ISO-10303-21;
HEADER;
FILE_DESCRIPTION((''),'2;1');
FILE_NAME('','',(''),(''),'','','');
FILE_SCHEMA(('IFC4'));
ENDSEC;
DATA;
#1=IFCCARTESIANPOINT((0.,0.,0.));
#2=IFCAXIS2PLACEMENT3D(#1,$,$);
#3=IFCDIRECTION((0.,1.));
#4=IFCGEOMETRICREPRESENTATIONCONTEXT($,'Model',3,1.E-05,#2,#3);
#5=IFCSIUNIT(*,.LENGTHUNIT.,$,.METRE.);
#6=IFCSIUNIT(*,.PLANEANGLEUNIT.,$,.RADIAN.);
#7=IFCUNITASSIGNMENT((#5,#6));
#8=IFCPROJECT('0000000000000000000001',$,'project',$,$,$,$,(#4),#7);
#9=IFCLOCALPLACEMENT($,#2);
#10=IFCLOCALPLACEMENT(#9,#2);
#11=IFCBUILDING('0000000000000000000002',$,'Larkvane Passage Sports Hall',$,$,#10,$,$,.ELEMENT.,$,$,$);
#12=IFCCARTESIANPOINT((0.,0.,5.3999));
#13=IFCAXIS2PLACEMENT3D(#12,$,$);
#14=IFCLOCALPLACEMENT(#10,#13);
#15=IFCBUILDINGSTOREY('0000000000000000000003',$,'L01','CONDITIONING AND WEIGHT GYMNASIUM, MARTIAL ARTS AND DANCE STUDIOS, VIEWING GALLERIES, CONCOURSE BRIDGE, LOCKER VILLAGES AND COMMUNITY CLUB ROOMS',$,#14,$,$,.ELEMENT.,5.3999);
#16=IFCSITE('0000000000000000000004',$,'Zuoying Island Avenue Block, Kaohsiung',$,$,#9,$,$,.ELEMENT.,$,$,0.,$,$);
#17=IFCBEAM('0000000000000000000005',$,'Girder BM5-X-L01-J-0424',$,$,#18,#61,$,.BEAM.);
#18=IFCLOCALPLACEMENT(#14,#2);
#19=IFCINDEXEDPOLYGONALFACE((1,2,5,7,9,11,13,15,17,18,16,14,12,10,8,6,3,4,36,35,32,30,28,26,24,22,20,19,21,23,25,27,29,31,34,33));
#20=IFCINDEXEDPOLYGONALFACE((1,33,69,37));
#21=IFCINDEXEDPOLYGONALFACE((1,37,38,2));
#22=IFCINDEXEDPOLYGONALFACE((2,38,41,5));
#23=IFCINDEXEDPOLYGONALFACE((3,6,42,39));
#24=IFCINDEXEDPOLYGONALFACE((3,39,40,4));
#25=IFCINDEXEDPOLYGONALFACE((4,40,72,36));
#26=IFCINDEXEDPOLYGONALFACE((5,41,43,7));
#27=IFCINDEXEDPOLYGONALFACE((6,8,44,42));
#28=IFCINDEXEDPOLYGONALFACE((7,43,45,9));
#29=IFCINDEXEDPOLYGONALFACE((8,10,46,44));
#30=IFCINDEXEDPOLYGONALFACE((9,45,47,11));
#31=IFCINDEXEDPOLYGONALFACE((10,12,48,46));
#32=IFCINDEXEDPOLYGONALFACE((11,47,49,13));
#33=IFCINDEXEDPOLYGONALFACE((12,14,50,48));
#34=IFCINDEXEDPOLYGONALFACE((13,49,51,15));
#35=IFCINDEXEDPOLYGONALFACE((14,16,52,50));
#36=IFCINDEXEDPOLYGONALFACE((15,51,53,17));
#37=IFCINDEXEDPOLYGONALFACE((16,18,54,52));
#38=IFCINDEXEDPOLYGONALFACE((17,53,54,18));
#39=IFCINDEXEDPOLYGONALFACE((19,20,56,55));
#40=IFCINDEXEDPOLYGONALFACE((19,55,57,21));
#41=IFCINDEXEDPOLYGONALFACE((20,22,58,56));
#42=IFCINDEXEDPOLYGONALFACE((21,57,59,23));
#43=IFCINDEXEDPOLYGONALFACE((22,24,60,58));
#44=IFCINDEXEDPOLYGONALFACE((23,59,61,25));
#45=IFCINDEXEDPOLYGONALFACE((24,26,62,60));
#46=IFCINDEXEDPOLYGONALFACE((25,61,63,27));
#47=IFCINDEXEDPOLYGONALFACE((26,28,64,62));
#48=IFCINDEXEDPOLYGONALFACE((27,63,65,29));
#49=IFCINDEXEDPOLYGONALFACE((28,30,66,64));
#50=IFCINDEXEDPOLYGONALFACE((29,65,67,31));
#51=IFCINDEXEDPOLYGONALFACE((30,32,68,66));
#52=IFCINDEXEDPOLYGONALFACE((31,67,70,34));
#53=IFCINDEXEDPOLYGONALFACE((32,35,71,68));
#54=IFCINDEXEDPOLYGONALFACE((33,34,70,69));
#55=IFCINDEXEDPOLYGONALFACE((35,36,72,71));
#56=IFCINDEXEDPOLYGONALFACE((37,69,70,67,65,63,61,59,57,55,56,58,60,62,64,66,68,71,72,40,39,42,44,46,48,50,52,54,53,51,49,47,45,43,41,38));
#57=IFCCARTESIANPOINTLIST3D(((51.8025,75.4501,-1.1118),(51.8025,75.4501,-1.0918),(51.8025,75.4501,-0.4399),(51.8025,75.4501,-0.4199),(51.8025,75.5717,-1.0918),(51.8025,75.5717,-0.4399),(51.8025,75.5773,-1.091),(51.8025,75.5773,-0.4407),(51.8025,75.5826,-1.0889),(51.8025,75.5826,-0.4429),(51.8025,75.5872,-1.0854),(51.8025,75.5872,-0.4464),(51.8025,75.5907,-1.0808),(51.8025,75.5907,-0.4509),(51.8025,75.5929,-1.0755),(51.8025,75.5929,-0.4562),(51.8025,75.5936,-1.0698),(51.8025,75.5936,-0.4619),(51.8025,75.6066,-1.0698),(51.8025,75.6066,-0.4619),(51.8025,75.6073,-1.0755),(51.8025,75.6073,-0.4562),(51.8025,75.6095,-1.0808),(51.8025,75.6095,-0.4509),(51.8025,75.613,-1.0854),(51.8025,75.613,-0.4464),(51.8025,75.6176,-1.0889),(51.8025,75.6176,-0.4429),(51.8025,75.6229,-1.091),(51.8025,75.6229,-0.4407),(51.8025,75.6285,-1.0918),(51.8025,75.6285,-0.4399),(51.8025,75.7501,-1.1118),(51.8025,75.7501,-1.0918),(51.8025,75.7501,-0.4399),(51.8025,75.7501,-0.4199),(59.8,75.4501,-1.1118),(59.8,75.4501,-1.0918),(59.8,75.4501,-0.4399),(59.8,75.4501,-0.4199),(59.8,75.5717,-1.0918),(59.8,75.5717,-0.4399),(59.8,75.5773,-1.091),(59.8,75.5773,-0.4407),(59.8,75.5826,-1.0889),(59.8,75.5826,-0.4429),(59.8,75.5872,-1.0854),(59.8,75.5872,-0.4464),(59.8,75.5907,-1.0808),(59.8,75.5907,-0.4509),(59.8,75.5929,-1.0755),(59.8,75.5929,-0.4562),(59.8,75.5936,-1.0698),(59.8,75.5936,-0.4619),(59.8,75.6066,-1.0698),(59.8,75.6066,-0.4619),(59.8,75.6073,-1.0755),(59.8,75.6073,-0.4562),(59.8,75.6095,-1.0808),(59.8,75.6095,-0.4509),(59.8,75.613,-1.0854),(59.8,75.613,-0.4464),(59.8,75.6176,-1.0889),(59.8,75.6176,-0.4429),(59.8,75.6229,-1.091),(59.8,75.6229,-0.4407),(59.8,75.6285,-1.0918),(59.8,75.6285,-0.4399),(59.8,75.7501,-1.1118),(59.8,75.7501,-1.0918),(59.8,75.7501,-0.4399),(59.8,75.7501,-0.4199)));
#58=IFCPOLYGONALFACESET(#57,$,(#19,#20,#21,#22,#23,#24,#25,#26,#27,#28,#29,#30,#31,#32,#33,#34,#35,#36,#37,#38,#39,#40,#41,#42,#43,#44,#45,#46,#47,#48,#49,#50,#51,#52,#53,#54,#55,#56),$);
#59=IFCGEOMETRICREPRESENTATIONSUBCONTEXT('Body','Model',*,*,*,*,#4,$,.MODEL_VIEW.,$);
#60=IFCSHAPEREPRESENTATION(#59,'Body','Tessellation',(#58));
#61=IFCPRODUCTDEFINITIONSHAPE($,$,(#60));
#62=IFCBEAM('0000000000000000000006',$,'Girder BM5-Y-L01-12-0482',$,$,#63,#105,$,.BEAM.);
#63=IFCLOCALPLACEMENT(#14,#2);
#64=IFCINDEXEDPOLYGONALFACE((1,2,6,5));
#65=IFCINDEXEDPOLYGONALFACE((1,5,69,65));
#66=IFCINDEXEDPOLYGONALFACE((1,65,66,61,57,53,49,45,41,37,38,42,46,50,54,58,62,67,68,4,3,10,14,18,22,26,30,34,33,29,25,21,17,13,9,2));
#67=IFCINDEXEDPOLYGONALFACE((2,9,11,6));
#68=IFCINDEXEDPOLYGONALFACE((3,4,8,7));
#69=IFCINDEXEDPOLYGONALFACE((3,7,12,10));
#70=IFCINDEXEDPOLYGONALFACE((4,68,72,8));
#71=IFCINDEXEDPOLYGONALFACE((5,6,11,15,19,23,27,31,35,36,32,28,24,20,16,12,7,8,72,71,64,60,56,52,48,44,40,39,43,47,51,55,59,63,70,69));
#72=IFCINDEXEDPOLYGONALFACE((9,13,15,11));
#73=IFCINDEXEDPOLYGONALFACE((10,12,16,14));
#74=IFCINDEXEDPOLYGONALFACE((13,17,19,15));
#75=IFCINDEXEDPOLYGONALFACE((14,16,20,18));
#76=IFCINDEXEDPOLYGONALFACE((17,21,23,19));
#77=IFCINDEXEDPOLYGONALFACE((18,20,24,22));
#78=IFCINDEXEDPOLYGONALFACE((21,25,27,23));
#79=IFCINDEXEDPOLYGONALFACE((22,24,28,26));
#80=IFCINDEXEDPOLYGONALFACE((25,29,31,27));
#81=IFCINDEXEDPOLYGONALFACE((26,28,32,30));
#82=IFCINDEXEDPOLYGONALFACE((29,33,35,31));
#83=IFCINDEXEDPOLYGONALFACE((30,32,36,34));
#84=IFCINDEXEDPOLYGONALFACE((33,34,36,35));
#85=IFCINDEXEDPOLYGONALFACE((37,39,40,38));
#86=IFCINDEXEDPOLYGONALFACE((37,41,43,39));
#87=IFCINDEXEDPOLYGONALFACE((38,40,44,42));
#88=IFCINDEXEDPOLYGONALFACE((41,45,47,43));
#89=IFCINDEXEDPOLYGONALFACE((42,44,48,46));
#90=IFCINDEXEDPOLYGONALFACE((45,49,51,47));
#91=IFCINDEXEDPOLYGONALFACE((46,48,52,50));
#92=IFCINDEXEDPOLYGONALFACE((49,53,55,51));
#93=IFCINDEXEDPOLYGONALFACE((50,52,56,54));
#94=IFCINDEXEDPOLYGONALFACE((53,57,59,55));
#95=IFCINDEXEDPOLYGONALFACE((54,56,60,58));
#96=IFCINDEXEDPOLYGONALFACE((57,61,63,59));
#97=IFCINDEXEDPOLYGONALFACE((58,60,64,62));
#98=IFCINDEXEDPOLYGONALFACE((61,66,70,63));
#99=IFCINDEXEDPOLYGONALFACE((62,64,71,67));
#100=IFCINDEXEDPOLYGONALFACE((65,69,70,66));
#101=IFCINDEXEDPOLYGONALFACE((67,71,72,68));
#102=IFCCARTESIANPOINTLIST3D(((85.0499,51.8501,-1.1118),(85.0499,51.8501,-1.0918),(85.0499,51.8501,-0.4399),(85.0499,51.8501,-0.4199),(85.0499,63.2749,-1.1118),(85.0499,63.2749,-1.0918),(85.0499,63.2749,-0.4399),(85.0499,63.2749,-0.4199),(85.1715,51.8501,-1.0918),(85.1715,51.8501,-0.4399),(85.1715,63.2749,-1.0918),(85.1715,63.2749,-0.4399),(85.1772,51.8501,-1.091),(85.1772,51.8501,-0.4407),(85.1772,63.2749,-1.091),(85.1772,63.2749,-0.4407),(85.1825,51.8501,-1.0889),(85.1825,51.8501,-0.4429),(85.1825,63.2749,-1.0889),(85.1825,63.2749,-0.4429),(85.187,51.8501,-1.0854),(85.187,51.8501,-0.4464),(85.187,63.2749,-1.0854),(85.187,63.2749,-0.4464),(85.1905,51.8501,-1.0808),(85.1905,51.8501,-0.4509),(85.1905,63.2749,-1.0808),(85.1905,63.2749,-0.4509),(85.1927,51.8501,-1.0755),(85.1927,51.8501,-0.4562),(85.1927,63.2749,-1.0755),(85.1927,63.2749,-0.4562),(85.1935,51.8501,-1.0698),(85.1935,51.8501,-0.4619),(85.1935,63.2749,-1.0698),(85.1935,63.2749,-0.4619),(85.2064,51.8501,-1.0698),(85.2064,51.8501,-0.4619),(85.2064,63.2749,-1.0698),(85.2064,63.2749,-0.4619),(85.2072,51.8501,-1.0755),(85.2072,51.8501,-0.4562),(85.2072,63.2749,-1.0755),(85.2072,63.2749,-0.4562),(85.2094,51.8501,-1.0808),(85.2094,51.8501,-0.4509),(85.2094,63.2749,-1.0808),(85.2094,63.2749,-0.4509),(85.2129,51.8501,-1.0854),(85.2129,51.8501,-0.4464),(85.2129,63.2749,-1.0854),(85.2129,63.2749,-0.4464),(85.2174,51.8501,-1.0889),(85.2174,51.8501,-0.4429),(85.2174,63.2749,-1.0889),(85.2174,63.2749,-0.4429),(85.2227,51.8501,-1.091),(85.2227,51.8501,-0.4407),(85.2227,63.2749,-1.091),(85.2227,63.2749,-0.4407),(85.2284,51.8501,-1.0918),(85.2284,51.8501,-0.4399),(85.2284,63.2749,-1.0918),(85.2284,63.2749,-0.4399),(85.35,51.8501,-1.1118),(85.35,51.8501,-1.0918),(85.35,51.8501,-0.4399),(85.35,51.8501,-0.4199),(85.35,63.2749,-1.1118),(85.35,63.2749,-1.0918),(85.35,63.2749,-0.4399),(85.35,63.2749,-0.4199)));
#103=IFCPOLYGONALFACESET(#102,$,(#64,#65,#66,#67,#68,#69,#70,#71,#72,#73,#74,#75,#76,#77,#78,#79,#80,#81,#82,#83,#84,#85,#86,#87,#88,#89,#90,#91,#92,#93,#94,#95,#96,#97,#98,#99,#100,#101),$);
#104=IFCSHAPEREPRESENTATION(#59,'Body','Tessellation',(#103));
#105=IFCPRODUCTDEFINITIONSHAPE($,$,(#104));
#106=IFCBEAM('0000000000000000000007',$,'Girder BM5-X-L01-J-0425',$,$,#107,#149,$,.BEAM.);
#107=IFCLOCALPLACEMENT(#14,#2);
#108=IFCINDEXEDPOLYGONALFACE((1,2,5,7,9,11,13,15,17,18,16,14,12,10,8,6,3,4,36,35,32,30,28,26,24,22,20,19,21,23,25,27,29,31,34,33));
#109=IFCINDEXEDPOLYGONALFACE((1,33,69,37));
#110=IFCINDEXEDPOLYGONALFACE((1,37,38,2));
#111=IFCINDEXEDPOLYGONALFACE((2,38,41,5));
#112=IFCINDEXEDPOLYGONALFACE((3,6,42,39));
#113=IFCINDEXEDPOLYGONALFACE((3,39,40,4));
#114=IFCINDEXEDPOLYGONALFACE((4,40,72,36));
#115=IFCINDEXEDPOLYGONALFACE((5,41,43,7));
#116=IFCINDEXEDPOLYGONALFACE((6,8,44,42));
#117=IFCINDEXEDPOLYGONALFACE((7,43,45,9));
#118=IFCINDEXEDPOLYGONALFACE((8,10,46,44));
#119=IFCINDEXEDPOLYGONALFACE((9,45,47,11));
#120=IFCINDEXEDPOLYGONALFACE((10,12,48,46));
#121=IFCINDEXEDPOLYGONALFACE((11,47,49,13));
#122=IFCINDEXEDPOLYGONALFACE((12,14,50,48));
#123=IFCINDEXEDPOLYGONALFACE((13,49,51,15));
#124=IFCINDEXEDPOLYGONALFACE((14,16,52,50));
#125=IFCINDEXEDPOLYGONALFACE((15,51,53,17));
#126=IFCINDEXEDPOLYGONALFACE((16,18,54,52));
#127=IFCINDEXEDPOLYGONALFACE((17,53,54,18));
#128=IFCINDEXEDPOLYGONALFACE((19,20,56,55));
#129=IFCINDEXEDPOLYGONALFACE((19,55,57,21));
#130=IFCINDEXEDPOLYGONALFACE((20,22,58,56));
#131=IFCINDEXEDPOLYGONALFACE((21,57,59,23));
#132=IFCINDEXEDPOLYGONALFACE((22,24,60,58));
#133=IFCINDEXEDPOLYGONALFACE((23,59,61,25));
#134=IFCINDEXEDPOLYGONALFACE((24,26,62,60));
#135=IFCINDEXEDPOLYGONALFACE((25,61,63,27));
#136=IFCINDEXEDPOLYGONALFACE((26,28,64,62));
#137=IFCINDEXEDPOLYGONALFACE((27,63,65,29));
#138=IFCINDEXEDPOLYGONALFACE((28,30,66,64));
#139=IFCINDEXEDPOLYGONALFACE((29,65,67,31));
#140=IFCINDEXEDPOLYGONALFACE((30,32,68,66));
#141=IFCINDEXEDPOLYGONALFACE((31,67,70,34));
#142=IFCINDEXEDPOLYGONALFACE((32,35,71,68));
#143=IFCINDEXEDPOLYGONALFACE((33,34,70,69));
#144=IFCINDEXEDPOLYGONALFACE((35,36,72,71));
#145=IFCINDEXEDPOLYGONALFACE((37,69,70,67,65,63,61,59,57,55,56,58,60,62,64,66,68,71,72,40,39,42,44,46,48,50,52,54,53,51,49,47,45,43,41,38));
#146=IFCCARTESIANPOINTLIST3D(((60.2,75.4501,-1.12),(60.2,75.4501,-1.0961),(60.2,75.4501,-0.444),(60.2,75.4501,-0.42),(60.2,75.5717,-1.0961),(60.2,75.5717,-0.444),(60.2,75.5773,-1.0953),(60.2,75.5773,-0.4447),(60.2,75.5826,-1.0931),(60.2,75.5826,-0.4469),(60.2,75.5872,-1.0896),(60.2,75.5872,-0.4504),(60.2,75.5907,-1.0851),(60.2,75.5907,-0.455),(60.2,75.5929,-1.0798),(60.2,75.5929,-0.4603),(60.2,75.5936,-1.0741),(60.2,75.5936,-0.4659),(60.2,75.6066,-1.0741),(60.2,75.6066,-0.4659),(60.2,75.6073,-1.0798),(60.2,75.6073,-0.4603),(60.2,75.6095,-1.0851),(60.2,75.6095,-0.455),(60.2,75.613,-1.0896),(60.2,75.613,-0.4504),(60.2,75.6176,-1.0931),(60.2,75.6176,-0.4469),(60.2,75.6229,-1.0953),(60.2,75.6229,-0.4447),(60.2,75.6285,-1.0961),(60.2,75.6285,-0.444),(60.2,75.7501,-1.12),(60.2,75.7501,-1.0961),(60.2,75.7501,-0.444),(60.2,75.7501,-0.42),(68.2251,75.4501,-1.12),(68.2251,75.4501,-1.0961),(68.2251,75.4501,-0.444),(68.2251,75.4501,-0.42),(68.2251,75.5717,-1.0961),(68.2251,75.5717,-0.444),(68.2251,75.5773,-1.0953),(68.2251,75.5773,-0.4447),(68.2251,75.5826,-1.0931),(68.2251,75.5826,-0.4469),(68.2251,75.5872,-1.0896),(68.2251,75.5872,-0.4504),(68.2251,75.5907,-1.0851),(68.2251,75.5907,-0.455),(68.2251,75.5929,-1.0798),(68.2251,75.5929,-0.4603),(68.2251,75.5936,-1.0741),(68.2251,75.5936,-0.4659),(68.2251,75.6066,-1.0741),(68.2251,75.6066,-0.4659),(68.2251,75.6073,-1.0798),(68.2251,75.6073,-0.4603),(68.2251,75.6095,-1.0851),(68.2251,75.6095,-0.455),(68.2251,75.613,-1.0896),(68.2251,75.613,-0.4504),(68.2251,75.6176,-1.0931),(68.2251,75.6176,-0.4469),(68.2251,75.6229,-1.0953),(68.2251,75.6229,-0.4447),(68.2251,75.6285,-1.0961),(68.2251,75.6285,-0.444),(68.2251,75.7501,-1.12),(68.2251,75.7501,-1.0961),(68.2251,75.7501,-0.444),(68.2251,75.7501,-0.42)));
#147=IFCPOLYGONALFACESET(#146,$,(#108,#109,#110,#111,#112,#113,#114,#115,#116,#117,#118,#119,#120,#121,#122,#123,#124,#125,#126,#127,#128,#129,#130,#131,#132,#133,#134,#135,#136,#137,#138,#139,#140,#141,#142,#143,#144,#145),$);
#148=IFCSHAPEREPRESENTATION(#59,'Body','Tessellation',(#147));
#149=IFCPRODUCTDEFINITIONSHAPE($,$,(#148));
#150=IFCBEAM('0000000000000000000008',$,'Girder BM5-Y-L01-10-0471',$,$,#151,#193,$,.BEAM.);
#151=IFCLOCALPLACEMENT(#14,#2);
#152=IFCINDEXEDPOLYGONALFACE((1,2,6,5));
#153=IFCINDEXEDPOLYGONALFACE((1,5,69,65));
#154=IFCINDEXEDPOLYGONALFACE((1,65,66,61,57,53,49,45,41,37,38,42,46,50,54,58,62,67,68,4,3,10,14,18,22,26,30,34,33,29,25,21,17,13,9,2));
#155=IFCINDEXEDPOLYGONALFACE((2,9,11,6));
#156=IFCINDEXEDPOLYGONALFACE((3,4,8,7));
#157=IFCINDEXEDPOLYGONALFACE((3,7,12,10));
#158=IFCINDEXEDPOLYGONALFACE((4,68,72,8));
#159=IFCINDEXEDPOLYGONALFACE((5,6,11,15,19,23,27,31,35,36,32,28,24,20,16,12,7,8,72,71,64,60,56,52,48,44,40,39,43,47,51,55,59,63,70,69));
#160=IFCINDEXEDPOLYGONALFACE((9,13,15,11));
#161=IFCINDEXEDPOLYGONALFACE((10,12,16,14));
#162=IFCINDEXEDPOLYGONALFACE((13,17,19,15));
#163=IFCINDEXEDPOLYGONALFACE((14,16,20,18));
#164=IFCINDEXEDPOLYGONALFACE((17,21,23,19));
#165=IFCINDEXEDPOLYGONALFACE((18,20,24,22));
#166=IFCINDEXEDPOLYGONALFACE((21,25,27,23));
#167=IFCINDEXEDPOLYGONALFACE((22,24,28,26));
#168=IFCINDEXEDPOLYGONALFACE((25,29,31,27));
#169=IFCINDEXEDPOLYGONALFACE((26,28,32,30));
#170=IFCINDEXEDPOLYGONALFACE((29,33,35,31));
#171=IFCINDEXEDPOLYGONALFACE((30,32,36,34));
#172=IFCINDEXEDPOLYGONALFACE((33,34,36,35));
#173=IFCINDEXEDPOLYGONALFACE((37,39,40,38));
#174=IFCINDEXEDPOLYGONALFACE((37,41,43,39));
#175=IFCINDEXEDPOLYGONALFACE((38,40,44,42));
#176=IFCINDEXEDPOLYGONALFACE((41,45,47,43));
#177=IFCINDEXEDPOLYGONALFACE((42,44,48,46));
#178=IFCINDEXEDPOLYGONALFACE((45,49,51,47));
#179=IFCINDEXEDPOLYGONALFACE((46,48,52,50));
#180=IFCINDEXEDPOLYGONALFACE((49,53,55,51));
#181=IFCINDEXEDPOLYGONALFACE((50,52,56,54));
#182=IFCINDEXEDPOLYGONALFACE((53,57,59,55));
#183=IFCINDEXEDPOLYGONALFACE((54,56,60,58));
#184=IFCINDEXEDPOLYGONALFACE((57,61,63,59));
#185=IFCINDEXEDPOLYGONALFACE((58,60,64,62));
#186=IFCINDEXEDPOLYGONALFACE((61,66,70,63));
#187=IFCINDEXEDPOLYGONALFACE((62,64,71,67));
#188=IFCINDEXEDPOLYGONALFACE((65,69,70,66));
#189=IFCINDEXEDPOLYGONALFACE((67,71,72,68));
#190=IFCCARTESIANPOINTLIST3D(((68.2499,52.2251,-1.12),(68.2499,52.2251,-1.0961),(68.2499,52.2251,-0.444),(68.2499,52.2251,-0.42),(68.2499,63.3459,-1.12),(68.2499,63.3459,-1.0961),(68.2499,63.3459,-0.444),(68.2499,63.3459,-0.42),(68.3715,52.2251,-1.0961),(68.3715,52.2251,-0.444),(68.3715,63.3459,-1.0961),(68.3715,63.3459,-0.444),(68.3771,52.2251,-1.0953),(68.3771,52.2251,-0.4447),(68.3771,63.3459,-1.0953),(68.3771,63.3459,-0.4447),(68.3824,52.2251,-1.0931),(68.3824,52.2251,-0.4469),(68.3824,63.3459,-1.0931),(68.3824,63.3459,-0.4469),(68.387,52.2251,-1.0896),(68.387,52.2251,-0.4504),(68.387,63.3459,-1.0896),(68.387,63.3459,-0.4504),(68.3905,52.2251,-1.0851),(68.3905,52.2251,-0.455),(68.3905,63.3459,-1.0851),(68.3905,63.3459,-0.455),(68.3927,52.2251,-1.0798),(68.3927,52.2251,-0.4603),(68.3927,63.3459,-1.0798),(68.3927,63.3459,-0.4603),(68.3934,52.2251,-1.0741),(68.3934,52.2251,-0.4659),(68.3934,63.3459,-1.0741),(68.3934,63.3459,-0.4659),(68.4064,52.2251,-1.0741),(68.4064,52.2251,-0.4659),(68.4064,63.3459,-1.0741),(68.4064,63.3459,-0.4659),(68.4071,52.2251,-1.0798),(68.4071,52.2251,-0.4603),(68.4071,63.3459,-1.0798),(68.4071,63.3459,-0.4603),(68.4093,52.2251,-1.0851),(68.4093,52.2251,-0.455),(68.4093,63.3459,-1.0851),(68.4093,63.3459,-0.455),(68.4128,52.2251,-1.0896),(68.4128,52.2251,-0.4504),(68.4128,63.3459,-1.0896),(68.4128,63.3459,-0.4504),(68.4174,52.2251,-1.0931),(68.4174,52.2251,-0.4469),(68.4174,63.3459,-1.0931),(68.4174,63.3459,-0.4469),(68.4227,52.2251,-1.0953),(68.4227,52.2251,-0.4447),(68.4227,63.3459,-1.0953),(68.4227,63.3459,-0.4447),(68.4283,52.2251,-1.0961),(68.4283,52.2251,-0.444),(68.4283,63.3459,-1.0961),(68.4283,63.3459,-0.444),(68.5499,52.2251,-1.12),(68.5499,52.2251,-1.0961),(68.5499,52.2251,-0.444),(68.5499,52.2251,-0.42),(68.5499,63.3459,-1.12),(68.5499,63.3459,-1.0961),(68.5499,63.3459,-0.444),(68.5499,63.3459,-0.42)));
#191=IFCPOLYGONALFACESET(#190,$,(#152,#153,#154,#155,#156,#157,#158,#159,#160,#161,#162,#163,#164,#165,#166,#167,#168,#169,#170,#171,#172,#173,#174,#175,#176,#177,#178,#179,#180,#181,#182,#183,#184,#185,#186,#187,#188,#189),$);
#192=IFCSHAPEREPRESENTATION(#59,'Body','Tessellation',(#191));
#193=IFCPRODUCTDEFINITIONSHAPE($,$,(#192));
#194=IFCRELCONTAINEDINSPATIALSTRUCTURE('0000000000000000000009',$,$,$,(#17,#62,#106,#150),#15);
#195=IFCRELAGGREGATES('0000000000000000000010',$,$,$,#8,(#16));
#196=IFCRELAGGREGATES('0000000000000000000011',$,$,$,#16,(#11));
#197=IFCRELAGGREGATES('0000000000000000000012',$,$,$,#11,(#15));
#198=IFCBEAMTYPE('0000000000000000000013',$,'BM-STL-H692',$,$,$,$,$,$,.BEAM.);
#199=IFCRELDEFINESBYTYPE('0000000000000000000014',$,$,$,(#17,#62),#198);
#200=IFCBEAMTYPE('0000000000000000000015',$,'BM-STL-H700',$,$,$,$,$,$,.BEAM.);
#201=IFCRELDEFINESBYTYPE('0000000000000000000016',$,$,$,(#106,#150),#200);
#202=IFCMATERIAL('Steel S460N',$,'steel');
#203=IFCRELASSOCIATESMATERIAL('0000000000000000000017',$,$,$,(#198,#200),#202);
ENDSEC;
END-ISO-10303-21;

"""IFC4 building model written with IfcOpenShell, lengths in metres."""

from ifc_helpers import new_model, si_unit, direction, frame, origin, origin_2d, place, context, subcontext, project, spatial, i_section, extrude, material, material_profile, profile_set, type_object, element, save


model = new_model("IFC4")

# Units and contexts
model_context = context("Model", 3, precision=1e-05, world=origin(), true_north=direction((0.0, 1.0)))
body_context = subcontext(model_context, "Body", "Model", "MODEL_VIEW")
ifc_project = project(units=[si_unit("LENGTHUNIT", "METRE"), si_unit("PLANEANGLEUNIT", "RADIAN")], contexts=[model_context])

# Site, building, storey
site_placement = place(None, origin())
site = spatial("IfcSite", under=ifc_project, at=site_placement, Name="Zuoying Island Avenue Block, Kaohsiung", CompositionType="ELEMENT", RefElevation=0.0)
building_placement = place(site_placement, origin())
building = spatial("IfcBuilding", under=site, at=building_placement, Name="Larkvane Passage Sports Hall", CompositionType="ELEMENT")
storey_placement = place(building_placement, frame((0.0, 0.0, 5.3999)))
storey = spatial("IfcBuildingStorey", under=building, at=storey_placement, Name="L01", Description="CONDITIONING AND WEIGHT GYMNASIUM, MARTIAL ARTS AND DANCE STUDIOS, VIEWING GALLERIES, CONCOURSE BRIDGE, LOCKER VILLAGES AND COMMUNITY CLUB ROOMS", CompositionType="ELEMENT", Elevation=5.3999)

# Shared definitions
ifc_material_1 = material(Name="Steel S460N", Category="steel")

# Beams
ifc_material_profile_1 = material_profile(ifc_material_1, i_section(OverallWidth=0.3, OverallDepth=0.6919, WebThickness=0.0129, FlangeThickness=0.02, FilletRadius=0.022, at=origin_2d()), Name="H-692x300x13x20")
ifc_profile_set_1 = profile_set([ifc_material_profile_1], Name="Steel S460N")
beam_type_1 = type_object("IfcBeamType", Name="BM-STL-H692", PredefinedType="BEAM", material=ifc_profile_set_1)
beam_1_placement = place(storey_placement, frame((51.8025, 75.6001, -0.7659), z_axis=(1.0, 0.0, 0.0), x_axis=(0.0, 1.0, 0.0)))
element("IfcBeam", 1, at=beam_1_placement, inside=storey, type_object=beam_type_1, Name="Girder BM5-X-L01-J-0424", PredefinedType="BEAM", context=body_context, shape_type="SweptSolid", body=[
    extrude(i_section(OverallWidth=0.3, OverallDepth=0.6919, WebThickness=0.0129, FlangeThickness=0.02, FilletRadius=0.022, at=origin_2d()), origin(), (0.0, 0.0, 1.0), 7.9976),
])
beam_2_placement = place(storey_placement, frame((85.2, 51.8501, -0.7659), z_axis=(0.0, 1.0, 0.0), x_axis=(-1.0, 0.0, 0.0)))
element("IfcBeam", 2, at=beam_2_placement, inside=storey, type_object=beam_type_1, Name="Girder BM5-Y-L01-12-0482", PredefinedType="BEAM", context=body_context, shape_type="SweptSolid", body=[
    extrude(i_section(OverallWidth=0.3, OverallDepth=0.6919, WebThickness=0.0129, FlangeThickness=0.02, FilletRadius=0.022, at=origin_2d()), origin(), (0.0, 0.0, 1.0), 11.4248),
])
ifc_material_profile_2 = material_profile(ifc_material_1, i_section(OverallWidth=0.3, OverallDepth=0.7, WebThickness=0.0129, FlangeThickness=0.0239, FilletRadius=0.022, at=origin_2d()), Name="H-700x300x13x24")
ifc_profile_set_2 = profile_set([ifc_material_profile_2], Name="Steel S460N")
beam_type_2 = type_object("IfcBeamType", Name="BM-STL-H700", PredefinedType="BEAM", material=ifc_profile_set_2)
beam_3_placement = place(storey_placement, frame((60.2, 75.6001, -0.77), z_axis=(1.0, 0.0, 0.0), x_axis=(0.0, 1.0, 0.0)))
element("IfcBeam", 3, at=beam_3_placement, inside=storey, type_object=beam_type_2, Name="Girder BM5-X-L01-J-0425", PredefinedType="BEAM", context=body_context, shape_type="SweptSolid", body=[
    extrude(i_section(OverallWidth=0.3, OverallDepth=0.7, WebThickness=0.0129, FlangeThickness=0.0239, FilletRadius=0.022, at=origin_2d()), origin(), (0.0, 0.0, 1.0), 8.0251),
])
beam_4_placement = place(storey_placement, frame((68.3999, 52.2251, -0.77), z_axis=(0.0, 1.0, 0.0), x_axis=(-1.0, 0.0, 0.0)))
element("IfcBeam", 4, at=beam_4_placement, inside=storey, type_object=beam_type_2, Name="Girder BM5-Y-L01-10-0471", PredefinedType="BEAM", context=body_context, shape_type="SweptSolid", body=[
    extrude(i_section(OverallWidth=0.3, OverallDepth=0.7, WebThickness=0.0129, FlangeThickness=0.0239, FilletRadius=0.022, at=origin_2d()), origin(), (0.0, 0.0, 1.0), 11.1208),
])

save(model, "model.ifc")
